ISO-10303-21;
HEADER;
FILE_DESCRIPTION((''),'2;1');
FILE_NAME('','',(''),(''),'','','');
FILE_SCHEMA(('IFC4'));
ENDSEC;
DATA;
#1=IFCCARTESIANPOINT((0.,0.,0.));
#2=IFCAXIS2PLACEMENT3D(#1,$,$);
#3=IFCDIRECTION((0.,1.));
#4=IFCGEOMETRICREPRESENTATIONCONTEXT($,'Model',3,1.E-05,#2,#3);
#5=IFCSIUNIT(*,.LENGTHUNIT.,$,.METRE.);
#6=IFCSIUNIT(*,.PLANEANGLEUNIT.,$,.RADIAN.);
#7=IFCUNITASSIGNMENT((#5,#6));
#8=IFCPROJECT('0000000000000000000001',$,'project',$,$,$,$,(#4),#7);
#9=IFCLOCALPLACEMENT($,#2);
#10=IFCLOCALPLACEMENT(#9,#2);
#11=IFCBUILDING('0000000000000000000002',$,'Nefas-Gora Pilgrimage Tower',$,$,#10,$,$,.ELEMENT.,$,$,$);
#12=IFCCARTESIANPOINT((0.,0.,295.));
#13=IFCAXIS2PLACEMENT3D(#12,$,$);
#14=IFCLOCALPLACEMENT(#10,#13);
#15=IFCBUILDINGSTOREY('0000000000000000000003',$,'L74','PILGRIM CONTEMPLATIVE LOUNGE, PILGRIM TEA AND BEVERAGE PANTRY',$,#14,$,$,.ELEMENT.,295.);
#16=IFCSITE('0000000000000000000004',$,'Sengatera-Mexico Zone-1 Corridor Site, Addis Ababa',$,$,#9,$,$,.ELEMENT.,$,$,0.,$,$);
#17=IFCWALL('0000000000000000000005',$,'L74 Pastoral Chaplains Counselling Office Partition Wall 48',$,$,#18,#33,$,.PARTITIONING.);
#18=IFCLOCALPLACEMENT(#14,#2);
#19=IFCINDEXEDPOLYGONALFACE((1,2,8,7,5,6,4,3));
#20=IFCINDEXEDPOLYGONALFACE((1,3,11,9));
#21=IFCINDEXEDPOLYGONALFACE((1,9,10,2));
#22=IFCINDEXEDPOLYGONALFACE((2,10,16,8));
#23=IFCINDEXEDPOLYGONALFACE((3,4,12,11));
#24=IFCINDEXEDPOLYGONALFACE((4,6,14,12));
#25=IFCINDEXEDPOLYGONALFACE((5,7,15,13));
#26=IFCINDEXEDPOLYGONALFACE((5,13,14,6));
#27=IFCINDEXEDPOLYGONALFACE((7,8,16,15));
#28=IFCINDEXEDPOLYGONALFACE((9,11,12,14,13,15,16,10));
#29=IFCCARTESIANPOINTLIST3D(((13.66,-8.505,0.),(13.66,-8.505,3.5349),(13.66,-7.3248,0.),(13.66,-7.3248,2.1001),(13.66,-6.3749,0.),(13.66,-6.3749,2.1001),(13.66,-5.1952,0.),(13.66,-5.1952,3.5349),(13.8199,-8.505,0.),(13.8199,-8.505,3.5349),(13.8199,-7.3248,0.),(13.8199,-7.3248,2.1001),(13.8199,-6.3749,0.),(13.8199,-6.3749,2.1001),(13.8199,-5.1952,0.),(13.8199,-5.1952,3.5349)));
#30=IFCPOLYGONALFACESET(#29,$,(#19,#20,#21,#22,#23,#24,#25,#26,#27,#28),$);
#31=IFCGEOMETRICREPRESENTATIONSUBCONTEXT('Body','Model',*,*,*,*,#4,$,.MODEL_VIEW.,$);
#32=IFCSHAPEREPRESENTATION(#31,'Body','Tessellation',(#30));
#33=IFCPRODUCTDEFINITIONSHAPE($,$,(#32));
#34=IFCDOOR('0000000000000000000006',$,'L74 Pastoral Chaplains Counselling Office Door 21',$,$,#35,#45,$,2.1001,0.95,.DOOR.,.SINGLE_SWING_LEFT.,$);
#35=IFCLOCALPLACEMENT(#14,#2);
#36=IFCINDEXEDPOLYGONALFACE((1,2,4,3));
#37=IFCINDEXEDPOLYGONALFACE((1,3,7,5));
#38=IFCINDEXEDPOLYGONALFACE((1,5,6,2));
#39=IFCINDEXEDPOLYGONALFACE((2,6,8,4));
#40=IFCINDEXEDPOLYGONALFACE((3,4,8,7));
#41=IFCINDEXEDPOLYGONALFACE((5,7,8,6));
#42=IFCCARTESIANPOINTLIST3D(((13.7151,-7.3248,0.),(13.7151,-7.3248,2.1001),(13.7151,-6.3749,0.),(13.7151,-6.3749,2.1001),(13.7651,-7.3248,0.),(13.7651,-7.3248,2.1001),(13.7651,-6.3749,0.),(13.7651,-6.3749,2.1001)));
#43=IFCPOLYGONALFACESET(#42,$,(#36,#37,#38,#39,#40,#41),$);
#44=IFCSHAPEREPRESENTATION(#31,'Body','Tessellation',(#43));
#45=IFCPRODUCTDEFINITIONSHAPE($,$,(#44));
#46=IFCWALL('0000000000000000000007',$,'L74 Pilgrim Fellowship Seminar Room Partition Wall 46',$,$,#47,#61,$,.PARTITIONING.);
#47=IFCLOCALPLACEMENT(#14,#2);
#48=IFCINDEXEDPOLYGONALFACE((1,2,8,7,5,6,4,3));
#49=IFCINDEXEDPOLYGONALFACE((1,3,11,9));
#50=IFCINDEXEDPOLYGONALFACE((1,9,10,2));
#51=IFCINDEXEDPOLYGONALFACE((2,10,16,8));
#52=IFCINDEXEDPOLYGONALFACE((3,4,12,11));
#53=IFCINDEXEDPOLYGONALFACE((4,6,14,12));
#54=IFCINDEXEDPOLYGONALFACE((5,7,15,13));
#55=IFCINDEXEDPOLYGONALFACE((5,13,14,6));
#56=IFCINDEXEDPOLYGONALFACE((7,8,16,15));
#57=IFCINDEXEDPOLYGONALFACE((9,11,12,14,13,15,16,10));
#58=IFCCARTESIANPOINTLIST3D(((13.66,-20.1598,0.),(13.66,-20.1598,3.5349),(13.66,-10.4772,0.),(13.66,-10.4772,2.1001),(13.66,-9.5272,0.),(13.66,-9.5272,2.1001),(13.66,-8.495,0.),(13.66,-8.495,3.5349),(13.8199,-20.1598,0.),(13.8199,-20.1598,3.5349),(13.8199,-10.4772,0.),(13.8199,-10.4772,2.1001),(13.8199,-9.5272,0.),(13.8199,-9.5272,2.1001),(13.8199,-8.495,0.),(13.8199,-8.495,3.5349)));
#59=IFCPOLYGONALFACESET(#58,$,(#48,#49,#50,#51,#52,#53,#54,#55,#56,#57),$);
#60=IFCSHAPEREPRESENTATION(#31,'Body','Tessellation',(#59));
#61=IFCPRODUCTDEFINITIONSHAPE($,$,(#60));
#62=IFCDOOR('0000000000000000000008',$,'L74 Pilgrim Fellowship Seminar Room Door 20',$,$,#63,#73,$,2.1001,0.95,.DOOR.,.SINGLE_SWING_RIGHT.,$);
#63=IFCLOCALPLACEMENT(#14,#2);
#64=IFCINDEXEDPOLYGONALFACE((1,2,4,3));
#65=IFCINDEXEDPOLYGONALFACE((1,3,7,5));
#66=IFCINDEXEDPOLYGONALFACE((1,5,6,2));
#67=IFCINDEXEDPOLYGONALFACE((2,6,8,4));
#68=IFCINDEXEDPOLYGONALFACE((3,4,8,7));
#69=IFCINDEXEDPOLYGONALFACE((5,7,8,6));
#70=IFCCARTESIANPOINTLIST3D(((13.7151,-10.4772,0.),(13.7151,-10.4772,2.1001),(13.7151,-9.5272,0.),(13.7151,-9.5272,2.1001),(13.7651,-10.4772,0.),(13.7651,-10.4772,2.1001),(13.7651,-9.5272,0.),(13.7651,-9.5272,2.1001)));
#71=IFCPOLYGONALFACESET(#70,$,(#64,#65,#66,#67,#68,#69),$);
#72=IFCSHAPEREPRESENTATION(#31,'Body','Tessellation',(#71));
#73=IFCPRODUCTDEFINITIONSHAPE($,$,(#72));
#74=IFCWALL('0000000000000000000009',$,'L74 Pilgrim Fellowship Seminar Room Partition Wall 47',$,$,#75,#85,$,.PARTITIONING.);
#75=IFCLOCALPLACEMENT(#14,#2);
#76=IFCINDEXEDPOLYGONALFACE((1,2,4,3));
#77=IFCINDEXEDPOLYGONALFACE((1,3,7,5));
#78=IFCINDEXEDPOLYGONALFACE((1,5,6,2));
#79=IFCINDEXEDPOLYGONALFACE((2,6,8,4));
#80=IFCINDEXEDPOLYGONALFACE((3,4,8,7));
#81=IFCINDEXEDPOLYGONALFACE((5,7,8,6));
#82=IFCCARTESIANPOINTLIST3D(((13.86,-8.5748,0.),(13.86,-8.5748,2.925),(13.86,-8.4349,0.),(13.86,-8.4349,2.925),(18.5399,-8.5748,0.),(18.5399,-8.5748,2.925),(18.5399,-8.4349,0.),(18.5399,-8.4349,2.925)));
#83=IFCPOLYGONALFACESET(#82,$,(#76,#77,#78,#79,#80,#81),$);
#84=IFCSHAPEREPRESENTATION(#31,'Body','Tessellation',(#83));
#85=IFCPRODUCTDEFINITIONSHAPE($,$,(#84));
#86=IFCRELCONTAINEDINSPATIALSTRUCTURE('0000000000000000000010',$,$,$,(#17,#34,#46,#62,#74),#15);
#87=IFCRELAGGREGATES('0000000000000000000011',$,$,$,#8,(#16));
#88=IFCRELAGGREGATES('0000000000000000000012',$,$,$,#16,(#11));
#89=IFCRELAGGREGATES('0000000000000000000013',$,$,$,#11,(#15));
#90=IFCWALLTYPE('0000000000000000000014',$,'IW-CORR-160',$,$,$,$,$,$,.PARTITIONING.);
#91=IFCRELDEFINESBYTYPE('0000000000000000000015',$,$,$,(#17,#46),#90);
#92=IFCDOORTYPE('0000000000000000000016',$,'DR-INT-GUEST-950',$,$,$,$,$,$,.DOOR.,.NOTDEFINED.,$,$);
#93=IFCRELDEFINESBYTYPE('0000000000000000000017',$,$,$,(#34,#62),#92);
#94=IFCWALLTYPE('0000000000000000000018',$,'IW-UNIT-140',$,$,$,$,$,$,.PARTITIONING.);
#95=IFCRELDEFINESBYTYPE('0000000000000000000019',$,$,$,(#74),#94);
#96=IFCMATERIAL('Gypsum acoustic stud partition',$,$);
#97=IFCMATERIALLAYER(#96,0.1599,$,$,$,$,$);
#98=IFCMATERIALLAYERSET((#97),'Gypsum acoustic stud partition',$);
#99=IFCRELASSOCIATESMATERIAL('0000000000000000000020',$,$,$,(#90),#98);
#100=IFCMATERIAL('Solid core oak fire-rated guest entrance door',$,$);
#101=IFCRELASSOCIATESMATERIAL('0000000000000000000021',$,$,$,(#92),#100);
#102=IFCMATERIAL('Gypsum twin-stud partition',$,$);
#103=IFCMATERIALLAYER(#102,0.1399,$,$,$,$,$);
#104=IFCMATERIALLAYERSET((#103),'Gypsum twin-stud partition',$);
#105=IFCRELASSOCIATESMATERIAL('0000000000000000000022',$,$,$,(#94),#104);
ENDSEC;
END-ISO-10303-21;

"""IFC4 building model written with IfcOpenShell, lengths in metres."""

from ifc_helpers import new_model, si_unit, direction, frame, frame_2d, origin, place, context, subcontext, project, spatial, rectangle, extrude, source, transform, mapped, material, layer, layer_set, type_object, element, fill, save


model = new_model("IFC4")

# Units and contexts
model_context = context("Model", 3, precision=1e-05, world=origin(), true_north=direction((0.0, 1.0)))
body_context = subcontext(model_context, "Body", "Model", "MODEL_VIEW")
ifc_project = project(units=[si_unit("LENGTHUNIT", "METRE"), si_unit("PLANEANGLEUNIT", "RADIAN")], contexts=[model_context])

# Site, building, storey
site_placement = place(None, origin())
site = spatial("IfcSite", under=ifc_project, at=site_placement, Name="Sengatera-Mexico Zone-1 Corridor Site, Addis Ababa", CompositionType="ELEMENT", RefElevation=0.0)
building_placement = place(site_placement, origin())
building = spatial("IfcBuilding", under=site, at=building_placement, Name="Nefas-Gora Pilgrimage Tower", CompositionType="ELEMENT")
storey_placement = place(building_placement, frame((0.0, 0.0, 295.0)))
storey = spatial("IfcBuildingStorey", under=building, at=storey_placement, Name="L74", Description="PILGRIM CONTEMPLATIVE LOUNGE, PILGRIM TEA AND BEVERAGE PANTRY", CompositionType="ELEMENT", Elevation=295.0)

# Walls, openings, doors
ifc_material_1 = material(Name="Gypsum acoustic stud partition")
ifc_layer_1 = layer(ifc_material_1, 0.1599)
ifc_layer_set_1 = layer_set([ifc_layer_1], Name="Gypsum acoustic stud partition")
wall_type_1 = type_object("IfcWallType", Name="IW-CORR-160", PredefinedType="PARTITIONING", material=ifc_layer_set_1)
shared_shape_1 = source(origin(), body_context, "Body", "SweptSolid", [
    extrude(rectangle(XDim=3.3098, YDim=0.1599, at=frame_2d((1.6548, 0.0))), origin(), (0.0, 0.0, 1.0), 3.5349),
])
wall_1_placement = place(storey_placement, frame((13.74, -8.5049, 0.0), z_axis=(0.0, 0.0, 1.0), x_axis=(0.0, 1.0, 0.0)))
wall_1 = element("IfcWall", 1, at=wall_1_placement, inside=storey, type_object=wall_type_1, Name="L74 Pastoral Chaplains Counselling Office Partition Wall 48", PredefinedType="PARTITIONING", context=body_context, shape_type="MappedRepresentation", body=[
    mapped(shared_shape_1, transform((0.0, 0.0, 0.0), x_axis=(1.0, 0.0, 0.0), y_axis=(0.0, 1.0, 0.0), z_axis=(0.0, 0.0, 1.0), scale=1.0)),
])
opening_1_placement = place(wall_1_placement, frame((1.1799, 0.0, 0.0)))
opening_1 = element("IfcOpeningElement", 2, at=opening_1_placement, cuts=wall_1, PredefinedType="OPENING", context=body_context, shape_type="SweptSolid", body=[
    extrude(rectangle(XDim=0.95, YDim=2.1001, at=frame_2d((0.4751, 1.05))), frame((0.0, 0.0898, 0.0), z_axis=(0.0, -1.0, 0.0), x_axis=(1.0, 0.0, 0.0)), (0.0, 0.0, 1.0), 0.1799),
])
ifc_material_2 = material(Name="Solid core oak fire-rated guest entrance door")
door_type = type_object("IfcDoorType", Name="DR-INT-GUEST-950", OperationType="NOTDEFINED", PredefinedType="DOOR", material=ifc_material_2)
shared_shape_2 = source(origin(), body_context, "Body", "SweptSolid", [
    extrude(rectangle(XDim=0.95, YDim=2.1001, at=frame_2d((0.4751, 1.05))), frame((0.0, 0.0249, 0.0), z_axis=(0.0, -1.0, 0.0), x_axis=(1.0, 0.0, 0.0)), (0.0, 0.0, 1.0), 0.05),
])
door_1_placement = place(opening_1_placement, origin())
door_1 = element("IfcDoor", 3, at=door_1_placement, inside=storey, type_object=door_type, Name="L74 Pastoral Chaplains Counselling Office Door 21", OperationType="SINGLE_SWING_LEFT", OverallHeight=2.1001, OverallWidth=0.95, PredefinedType="DOOR", context=body_context, shape_type="MappedRepresentation", body=[
    mapped(shared_shape_2, transform((0.0, 0.0, 0.0), x_axis=(1.0, 0.0, 0.0), y_axis=(0.0, 1.0, 0.0), z_axis=(0.0, 0.0, 1.0), scale=1.0)),
])
fill(opening_1, door_1)
shared_shape_3 = source(origin(), body_context, "Body", "SweptSolid", [
    extrude(rectangle(XDim=11.6648, YDim=0.1599, at=frame_2d((5.8325, 0.0))), origin(), (0.0, 0.0, 1.0), 3.5349),
])
wall_2_placement = place(storey_placement, frame((13.74, -20.1599, 0.0), z_axis=(0.0, 0.0, 1.0), x_axis=(0.0, 1.0, 0.0)))
wall_2 = element("IfcWall", 4, at=wall_2_placement, inside=storey, type_object=wall_type_1, Name="L74 Pilgrim Fellowship Seminar Room Partition Wall 46", PredefinedType="PARTITIONING", context=body_context, shape_type="MappedRepresentation", body=[
    mapped(shared_shape_3, transform((0.0, 0.0, 0.0), x_axis=(1.0, 0.0, 0.0), y_axis=(0.0, 1.0, 0.0), z_axis=(0.0, 0.0, 1.0), scale=1.0)),
])
opening_2_placement = place(wall_2_placement, frame((9.6826, 0.0, 0.0)))
opening_2 = element("IfcOpeningElement", 5, at=opening_2_placement, cuts=wall_2, PredefinedType="OPENING", context=body_context, shape_type="SweptSolid", body=[
    extrude(rectangle(XDim=0.95, YDim=2.1001, at=frame_2d((0.4751, 1.05))), frame((0.0, 0.0898, 0.0), z_axis=(0.0, -1.0, 0.0), x_axis=(1.0, 0.0, 0.0)), (0.0, 0.0, 1.0), 0.1799),
])
door_2_placement = place(opening_2_placement, origin())
door_2 = element("IfcDoor", 6, at=door_2_placement, inside=storey, type_object=door_type, Name="L74 Pilgrim Fellowship Seminar Room Door 20", OperationType="SINGLE_SWING_RIGHT", OverallHeight=2.1001, OverallWidth=0.95, PredefinedType="DOOR", context=body_context, shape_type="MappedRepresentation", body=[
    mapped(shared_shape_2, transform((0.0, 0.0, 0.0), x_axis=(1.0, 0.0, 0.0), y_axis=(0.0, 1.0, 0.0), z_axis=(0.0, 0.0, 1.0), scale=1.0)),
])
fill(opening_2, door_2)

# Wall
ifc_material_3 = material(Name="Gypsum twin-stud partition")
ifc_layer_2 = layer(ifc_material_3, 0.1399)
ifc_layer_set_2 = layer_set([ifc_layer_2], Name="Gypsum twin-stud partition")
wall_type_2 = type_object("IfcWallType", Name="IW-UNIT-140", PredefinedType="PARTITIONING", material=ifc_layer_set_2)
shared_shape_4 = source(origin(), body_context, "Body", "SweptSolid", [
    extrude(rectangle(XDim=4.6799, YDim=0.1399, at=frame_2d((2.3398, 0.0))), origin(), (0.0, 0.0, 1.0), 2.925),
])
wall_3_placement = place(storey_placement, frame((13.8601, -8.5049, 0.0), z_axis=(0.0, 0.0, 1.0), x_axis=(1.0, 0.0, 0.0)))
element("IfcWall", 7, at=wall_3_placement, inside=storey, type_object=wall_type_2, Name="L74 Pilgrim Fellowship Seminar Room Partition Wall 47", PredefinedType="PARTITIONING", context=body_context, shape_type="MappedRepresentation", body=[
    mapped(shared_shape_4, transform((0.0, 0.0, 0.0), x_axis=(1.0, 0.0, 0.0), y_axis=(0.0, 1.0, 0.0), z_axis=(0.0, 0.0, 1.0), scale=1.0)),
])

save(model, "model.ifc")
